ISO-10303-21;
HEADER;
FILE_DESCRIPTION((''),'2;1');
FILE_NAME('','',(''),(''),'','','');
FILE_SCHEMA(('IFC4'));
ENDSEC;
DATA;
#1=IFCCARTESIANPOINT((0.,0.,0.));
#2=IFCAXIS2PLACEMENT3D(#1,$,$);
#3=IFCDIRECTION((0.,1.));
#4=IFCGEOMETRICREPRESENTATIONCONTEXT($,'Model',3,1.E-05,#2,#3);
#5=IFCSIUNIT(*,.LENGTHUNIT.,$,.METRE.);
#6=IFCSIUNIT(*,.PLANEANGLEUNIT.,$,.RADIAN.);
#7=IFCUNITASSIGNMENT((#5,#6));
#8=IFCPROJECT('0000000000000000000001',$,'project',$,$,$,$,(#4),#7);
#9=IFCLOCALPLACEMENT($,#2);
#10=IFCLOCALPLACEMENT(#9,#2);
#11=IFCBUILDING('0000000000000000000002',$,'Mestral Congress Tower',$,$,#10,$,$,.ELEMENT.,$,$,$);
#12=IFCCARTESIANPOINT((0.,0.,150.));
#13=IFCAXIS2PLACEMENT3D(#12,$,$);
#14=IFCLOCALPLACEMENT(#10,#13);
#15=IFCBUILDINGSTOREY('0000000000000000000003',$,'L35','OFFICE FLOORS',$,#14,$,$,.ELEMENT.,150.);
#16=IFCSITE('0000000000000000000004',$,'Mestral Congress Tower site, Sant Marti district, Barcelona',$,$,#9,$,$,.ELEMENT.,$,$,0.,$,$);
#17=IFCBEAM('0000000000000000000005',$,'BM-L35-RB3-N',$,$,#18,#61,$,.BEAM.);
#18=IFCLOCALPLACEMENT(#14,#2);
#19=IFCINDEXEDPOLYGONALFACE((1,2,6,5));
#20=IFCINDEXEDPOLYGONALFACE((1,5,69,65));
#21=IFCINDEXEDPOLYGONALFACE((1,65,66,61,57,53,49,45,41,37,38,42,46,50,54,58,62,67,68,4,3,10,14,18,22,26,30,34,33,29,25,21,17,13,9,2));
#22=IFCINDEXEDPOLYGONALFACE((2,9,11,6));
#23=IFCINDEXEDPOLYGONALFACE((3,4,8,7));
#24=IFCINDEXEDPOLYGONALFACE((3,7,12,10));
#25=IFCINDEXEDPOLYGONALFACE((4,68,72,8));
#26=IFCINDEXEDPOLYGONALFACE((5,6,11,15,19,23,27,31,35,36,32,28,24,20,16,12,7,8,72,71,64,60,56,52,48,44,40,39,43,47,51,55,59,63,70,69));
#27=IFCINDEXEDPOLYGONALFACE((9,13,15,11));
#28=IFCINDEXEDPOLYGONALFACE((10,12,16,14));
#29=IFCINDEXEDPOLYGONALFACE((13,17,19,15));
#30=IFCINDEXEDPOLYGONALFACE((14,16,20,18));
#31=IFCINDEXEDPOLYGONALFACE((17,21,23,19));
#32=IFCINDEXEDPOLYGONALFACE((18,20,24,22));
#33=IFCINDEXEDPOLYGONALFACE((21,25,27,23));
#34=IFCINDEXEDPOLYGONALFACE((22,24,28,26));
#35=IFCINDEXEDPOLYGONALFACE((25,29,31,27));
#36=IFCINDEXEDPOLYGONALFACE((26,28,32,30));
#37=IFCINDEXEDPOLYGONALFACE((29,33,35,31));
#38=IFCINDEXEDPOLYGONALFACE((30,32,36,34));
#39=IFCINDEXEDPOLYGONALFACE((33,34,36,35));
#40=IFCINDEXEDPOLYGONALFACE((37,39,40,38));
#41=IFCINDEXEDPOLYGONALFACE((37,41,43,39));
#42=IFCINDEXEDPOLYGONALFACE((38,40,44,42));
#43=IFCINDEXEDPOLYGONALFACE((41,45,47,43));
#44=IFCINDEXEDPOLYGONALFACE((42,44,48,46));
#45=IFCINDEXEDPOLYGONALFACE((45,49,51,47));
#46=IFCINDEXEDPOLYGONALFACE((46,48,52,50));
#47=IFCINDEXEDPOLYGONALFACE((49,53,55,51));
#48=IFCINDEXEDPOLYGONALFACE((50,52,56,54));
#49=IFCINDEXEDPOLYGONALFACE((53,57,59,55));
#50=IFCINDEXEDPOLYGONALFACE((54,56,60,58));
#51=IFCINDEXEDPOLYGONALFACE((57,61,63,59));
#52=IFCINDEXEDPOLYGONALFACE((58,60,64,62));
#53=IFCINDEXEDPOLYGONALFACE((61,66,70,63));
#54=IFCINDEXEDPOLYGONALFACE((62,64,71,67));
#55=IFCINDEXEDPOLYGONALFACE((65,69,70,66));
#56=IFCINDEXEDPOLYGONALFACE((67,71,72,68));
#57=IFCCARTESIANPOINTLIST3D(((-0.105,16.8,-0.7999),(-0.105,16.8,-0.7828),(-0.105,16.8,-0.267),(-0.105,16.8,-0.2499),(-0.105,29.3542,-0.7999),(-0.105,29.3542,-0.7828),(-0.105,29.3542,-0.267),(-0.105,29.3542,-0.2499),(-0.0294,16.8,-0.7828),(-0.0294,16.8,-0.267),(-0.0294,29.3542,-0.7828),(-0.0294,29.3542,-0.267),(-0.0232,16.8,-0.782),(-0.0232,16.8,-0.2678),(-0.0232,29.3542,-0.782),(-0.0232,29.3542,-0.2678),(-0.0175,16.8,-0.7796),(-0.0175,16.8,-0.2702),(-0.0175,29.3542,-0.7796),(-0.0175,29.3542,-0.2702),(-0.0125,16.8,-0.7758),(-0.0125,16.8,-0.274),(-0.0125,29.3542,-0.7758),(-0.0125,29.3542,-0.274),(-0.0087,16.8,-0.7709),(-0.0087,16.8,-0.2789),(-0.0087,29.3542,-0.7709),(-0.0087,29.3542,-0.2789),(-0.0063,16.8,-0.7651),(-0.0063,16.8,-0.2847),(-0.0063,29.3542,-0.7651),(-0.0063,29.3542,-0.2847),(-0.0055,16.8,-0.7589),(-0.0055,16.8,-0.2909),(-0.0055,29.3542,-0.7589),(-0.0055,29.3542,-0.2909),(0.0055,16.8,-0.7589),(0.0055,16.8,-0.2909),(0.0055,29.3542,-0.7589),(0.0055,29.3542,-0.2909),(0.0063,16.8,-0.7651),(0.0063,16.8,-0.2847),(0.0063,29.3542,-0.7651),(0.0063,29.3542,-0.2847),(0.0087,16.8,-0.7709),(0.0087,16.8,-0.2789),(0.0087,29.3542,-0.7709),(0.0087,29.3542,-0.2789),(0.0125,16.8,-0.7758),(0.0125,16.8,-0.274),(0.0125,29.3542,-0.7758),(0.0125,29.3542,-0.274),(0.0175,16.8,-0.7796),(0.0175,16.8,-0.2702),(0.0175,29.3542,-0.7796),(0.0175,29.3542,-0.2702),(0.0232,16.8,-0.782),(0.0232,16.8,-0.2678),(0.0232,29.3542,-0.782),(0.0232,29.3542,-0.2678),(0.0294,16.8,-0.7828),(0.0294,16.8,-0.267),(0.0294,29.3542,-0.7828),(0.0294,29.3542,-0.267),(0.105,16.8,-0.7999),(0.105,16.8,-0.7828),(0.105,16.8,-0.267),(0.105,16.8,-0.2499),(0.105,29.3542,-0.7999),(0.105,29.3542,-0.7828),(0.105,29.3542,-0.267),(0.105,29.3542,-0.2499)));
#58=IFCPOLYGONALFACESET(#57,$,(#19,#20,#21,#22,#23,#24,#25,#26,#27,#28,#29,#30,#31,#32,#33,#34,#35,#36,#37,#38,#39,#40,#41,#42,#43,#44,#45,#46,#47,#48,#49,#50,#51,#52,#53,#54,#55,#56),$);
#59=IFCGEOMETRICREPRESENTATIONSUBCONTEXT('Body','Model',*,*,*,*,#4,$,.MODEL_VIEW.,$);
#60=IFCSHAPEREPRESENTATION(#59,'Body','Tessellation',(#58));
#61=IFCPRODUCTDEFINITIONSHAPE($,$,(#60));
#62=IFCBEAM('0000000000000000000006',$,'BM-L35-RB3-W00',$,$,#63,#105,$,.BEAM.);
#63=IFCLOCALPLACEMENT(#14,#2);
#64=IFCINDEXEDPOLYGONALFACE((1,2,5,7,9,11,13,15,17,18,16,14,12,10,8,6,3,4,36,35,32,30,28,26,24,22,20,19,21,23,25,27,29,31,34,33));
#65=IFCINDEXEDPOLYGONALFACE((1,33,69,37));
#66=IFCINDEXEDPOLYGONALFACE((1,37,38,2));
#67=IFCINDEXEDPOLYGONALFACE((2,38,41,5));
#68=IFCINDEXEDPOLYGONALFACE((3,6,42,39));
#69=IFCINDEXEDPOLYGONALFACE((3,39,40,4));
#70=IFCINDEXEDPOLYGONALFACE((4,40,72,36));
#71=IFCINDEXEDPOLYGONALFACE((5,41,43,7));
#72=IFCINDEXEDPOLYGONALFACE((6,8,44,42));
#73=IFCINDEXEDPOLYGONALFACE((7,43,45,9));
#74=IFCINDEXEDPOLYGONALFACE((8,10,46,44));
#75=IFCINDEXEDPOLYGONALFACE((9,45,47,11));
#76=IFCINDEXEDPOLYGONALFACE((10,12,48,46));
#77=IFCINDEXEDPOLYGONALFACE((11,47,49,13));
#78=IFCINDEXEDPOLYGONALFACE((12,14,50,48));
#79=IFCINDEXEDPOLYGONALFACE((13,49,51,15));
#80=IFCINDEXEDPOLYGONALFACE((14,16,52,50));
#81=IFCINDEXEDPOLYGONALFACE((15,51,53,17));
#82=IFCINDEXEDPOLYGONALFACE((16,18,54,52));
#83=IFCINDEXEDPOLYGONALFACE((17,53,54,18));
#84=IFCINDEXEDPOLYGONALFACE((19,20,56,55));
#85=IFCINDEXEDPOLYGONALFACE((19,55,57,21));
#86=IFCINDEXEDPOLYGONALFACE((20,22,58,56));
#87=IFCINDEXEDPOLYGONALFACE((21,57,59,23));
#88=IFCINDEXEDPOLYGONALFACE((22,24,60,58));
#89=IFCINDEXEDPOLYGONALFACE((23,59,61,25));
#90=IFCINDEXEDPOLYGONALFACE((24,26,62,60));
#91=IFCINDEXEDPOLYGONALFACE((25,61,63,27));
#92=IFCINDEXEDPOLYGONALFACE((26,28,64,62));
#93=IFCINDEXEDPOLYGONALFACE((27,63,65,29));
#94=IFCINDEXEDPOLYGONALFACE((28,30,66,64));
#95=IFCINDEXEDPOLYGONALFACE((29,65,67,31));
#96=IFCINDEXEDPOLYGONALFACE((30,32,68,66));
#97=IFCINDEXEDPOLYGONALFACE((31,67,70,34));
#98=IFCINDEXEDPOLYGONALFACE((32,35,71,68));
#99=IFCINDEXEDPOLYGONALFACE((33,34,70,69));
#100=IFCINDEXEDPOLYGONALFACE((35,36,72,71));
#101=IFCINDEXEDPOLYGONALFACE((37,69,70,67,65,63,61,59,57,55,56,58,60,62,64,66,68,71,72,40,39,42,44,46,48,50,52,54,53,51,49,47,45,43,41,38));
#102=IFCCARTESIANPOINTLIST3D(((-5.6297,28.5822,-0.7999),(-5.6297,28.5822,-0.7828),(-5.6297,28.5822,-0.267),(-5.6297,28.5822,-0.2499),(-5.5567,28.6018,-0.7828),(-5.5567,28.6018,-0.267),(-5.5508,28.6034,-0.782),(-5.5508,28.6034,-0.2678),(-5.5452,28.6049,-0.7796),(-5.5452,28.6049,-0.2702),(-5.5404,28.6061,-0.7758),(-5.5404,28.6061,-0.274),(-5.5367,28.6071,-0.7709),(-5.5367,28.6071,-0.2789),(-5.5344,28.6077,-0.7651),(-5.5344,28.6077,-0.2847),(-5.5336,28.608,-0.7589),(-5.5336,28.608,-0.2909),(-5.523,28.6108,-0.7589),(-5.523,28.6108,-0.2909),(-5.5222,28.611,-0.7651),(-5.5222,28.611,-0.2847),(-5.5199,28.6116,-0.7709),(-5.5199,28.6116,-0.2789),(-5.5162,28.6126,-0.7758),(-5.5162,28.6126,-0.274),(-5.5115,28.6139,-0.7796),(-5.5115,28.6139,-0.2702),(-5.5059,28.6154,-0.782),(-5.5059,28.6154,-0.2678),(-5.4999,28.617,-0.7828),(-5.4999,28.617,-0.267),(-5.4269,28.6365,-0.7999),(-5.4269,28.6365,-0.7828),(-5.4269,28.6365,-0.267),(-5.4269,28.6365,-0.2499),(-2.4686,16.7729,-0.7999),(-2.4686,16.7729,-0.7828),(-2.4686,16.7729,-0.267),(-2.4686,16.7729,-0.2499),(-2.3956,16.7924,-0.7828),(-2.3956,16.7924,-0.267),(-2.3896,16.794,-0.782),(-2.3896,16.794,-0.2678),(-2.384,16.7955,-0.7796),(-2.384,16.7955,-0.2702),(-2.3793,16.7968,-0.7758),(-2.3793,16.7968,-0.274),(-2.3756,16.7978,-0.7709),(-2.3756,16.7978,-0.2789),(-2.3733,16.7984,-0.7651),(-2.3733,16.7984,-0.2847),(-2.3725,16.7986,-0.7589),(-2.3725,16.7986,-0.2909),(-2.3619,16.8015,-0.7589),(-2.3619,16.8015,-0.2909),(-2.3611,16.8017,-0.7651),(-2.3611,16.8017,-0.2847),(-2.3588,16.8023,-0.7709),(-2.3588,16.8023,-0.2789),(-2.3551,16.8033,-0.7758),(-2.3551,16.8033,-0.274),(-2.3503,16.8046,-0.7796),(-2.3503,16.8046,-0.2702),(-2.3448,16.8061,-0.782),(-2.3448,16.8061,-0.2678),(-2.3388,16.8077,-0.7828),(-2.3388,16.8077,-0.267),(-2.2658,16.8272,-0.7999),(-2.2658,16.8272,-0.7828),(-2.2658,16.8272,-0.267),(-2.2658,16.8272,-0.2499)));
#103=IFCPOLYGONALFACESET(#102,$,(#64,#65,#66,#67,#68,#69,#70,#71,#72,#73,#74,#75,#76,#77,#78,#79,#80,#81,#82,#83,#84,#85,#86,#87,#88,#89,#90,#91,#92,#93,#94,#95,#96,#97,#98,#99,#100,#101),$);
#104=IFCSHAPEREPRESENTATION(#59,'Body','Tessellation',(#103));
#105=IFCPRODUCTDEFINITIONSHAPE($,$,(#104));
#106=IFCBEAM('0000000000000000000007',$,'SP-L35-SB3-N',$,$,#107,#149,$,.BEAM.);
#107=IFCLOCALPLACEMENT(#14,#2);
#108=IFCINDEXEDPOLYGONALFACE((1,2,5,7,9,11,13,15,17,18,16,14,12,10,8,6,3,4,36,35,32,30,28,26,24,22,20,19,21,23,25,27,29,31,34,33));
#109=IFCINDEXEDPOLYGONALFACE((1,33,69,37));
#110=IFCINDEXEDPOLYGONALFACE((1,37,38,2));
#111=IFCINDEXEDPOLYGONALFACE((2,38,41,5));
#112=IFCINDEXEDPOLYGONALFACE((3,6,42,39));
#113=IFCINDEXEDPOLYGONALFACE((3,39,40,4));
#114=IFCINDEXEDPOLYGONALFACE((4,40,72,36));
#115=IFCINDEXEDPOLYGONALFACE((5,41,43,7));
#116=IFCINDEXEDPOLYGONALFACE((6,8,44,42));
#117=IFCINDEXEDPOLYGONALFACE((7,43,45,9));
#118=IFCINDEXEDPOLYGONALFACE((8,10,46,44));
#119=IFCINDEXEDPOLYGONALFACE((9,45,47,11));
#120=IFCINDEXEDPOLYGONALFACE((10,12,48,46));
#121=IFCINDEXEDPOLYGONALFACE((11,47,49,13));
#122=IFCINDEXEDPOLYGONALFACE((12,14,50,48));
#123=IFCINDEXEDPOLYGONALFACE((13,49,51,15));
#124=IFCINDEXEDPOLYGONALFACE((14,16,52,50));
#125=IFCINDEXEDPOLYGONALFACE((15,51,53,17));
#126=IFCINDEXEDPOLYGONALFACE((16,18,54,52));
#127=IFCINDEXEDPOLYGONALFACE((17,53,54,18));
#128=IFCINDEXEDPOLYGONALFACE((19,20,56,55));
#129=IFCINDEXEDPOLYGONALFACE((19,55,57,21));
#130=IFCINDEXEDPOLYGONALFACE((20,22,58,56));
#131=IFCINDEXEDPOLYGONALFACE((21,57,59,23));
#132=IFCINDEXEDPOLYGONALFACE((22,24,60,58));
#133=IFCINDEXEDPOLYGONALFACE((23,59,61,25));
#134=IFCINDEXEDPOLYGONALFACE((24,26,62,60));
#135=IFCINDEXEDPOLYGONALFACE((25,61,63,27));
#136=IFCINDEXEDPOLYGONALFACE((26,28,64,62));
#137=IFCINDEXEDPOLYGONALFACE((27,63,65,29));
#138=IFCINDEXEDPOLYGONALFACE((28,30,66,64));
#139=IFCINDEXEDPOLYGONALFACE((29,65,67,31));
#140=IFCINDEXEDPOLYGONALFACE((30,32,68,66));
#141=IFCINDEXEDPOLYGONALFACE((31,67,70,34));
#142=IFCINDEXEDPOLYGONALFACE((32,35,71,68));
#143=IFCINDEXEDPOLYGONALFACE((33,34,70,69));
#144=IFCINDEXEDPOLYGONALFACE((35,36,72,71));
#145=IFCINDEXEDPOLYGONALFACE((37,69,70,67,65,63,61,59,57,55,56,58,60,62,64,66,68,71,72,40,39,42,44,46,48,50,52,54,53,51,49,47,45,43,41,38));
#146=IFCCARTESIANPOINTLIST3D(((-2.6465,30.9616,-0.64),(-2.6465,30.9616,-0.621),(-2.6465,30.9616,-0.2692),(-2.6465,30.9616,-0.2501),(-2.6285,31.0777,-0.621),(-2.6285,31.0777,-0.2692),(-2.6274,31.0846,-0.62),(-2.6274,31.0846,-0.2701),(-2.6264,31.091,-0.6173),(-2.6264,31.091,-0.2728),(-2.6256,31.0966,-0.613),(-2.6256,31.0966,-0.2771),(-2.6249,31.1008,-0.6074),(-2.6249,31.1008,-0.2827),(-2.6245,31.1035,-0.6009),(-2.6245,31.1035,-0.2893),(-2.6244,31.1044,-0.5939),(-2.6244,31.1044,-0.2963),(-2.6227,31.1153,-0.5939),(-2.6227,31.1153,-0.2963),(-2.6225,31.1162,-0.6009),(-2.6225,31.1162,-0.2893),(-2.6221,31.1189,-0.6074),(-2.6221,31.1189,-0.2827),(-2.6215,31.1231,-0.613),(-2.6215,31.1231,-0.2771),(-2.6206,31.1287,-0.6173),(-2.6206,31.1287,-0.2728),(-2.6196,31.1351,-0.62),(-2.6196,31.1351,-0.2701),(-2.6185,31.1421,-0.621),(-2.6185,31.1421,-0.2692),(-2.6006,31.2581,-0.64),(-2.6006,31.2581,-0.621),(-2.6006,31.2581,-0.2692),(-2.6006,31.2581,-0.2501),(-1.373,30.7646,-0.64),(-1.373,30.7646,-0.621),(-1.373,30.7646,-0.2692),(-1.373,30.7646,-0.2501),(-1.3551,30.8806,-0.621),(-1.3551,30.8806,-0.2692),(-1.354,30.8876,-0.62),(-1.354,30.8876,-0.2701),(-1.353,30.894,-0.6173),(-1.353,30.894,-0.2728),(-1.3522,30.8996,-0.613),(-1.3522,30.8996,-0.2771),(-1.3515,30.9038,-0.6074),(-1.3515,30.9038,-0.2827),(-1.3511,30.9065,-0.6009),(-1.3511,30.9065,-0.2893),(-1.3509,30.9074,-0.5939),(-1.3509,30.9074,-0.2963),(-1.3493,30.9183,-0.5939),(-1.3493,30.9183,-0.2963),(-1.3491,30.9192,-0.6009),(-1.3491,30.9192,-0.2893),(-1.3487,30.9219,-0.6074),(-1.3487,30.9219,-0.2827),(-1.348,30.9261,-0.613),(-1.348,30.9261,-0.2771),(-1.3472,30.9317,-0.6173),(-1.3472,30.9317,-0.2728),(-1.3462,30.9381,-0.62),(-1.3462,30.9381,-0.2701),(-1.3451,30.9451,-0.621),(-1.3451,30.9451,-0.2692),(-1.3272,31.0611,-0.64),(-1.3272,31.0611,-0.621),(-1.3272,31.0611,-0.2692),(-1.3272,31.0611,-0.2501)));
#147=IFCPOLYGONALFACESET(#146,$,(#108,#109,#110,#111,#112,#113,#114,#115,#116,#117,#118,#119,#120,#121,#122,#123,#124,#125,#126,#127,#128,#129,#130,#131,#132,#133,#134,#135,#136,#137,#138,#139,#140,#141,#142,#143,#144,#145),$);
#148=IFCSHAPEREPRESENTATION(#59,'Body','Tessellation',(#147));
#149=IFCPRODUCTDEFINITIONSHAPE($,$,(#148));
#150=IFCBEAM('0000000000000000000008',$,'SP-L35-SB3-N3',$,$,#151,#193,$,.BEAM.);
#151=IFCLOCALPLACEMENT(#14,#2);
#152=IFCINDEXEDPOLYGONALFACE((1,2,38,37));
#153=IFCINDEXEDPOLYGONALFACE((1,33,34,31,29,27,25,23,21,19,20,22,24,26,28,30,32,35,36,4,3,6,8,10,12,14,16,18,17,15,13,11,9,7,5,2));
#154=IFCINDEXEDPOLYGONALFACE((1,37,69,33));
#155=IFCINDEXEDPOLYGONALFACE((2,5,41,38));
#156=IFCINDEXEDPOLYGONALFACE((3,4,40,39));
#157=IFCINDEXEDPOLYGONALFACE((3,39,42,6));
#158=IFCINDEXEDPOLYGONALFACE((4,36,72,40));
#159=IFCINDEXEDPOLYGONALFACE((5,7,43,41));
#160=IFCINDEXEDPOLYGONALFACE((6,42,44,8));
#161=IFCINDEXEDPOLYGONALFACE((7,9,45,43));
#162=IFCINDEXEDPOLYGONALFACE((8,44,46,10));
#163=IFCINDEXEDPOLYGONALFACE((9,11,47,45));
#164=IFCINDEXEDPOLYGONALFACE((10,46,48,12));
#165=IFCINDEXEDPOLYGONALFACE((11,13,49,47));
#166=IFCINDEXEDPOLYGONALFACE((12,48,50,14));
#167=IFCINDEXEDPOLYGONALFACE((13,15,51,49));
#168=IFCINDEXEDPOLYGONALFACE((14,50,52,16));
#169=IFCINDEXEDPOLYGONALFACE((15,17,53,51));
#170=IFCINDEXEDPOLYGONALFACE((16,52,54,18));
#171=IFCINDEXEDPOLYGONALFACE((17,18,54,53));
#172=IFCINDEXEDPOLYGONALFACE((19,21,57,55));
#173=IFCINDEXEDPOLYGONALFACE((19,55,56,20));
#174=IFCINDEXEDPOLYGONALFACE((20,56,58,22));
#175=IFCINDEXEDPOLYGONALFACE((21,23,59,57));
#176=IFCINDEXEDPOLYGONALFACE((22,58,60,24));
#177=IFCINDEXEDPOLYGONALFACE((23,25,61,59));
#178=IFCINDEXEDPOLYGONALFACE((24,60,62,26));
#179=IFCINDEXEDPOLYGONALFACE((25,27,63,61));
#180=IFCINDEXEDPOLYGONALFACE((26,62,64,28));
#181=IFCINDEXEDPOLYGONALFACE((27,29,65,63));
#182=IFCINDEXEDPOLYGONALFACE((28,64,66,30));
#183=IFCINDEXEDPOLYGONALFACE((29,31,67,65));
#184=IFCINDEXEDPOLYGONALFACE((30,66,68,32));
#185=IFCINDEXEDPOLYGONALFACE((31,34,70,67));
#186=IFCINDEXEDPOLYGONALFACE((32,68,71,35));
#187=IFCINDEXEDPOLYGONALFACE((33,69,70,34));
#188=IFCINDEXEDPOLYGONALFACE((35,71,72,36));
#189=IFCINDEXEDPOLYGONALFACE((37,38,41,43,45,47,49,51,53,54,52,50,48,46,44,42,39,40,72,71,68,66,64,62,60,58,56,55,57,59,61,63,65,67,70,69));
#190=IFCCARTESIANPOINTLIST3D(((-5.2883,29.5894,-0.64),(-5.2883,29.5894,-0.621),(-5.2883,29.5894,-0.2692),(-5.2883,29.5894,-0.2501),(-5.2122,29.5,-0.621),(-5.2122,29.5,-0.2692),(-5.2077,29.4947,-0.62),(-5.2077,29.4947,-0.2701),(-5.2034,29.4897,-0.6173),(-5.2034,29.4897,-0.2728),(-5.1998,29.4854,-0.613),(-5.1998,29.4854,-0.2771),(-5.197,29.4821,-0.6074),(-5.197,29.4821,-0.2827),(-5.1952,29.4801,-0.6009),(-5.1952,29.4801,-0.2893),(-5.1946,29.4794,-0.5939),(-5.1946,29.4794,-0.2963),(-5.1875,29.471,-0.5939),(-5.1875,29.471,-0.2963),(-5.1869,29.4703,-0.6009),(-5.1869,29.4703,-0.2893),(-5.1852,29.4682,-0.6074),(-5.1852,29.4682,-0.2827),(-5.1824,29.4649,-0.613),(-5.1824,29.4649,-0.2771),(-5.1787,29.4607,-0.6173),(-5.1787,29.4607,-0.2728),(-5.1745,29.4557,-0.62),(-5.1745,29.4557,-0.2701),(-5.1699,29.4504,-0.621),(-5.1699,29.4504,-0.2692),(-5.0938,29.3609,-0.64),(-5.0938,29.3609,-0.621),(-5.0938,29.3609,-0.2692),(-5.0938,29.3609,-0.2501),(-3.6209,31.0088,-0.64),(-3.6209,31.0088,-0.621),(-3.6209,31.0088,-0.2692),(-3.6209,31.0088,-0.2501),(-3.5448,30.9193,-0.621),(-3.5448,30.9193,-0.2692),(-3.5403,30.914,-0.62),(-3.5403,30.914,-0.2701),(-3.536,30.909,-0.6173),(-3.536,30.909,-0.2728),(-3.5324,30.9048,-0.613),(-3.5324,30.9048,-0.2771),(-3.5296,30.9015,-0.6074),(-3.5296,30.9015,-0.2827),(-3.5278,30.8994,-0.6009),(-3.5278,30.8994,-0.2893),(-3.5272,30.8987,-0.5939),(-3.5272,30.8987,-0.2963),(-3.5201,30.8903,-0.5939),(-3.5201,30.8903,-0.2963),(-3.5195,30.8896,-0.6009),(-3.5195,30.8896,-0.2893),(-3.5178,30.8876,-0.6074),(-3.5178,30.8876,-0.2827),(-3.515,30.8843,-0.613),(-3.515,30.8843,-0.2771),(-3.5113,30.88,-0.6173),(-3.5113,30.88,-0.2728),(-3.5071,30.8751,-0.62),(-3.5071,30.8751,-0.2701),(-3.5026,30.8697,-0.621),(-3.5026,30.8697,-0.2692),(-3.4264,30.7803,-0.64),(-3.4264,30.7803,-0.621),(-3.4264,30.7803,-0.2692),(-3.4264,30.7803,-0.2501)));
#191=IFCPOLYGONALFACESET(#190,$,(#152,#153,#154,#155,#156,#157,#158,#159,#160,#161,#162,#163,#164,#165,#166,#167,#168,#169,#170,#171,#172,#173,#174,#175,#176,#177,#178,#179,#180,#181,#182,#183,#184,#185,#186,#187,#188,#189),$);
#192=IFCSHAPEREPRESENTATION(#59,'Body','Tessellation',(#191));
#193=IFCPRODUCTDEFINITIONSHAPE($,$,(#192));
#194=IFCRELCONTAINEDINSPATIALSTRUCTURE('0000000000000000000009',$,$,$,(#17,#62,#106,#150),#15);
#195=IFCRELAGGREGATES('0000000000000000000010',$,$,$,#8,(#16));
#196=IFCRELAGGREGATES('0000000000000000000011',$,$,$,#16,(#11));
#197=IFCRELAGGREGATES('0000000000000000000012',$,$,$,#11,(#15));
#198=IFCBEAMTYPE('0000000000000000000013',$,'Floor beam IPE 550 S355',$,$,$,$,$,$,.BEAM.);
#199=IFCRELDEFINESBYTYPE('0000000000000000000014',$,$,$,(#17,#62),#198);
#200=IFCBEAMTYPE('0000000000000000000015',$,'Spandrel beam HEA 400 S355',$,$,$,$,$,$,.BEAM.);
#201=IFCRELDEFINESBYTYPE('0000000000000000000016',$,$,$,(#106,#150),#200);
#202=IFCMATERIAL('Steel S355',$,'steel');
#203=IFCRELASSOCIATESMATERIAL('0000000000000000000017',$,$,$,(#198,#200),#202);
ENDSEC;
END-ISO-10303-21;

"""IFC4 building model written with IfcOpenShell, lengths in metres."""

from ifc_helpers import new_model, si_unit, direction, frame, origin, origin_2d, place, context, subcontext, project, spatial, i_section, extrude, material, material_profile, profile_set, type_object, element, save


model = new_model("IFC4")

# Units and contexts
model_context = context("Model", 3, precision=1e-05, world=origin(), true_north=direction((0.0, 1.0)))
body_context = subcontext(model_context, "Body", "Model", "MODEL_VIEW")
ifc_project = project(units=[si_unit("LENGTHUNIT", "METRE"), si_unit("PLANEANGLEUNIT", "RADIAN")], contexts=[model_context])

# Site, building, storey
site_placement = place(None, origin())
site = spatial("IfcSite", under=ifc_project, at=site_placement, Name="Mestral Congress Tower site, Sant Marti district, Barcelona", CompositionType="ELEMENT", RefElevation=0.0)
building_placement = place(site_placement, origin())
building = spatial("IfcBuilding", under=site, at=building_placement, Name="Mestral Congress Tower", CompositionType="ELEMENT")
storey_placement = place(building_placement, frame((0.0, 0.0, 150.0)))
storey = spatial("IfcBuildingStorey", under=building, at=storey_placement, Name="L35", Description="OFFICE FLOORS", CompositionType="ELEMENT", Elevation=150.0)

# Beams
ifc_material_1 = material(Name="Steel S355", Category="steel")
ifc_material_profile_1 = material_profile(ifc_material_1, i_section(OverallWidth=0.21, OverallDepth=0.55, WebThickness=0.011, FlangeThickness=0.0171, FilletRadius=0.0239, at=origin_2d()), Name="IPE 550")
ifc_profile_set_1 = profile_set([ifc_material_profile_1], Name="Steel S355")
beam_type_1 = type_object("IfcBeamType", Name="Floor beam IPE 550 S355", PredefinedType="BEAM", material=ifc_profile_set_1)
beam_1_placement = place(storey_placement, frame((0.0, 29.3542, -0.5249), z_axis=(0.0, -1.0, 0.0), x_axis=(1.0, 0.0, 0.0)))
element("IfcBeam", 1, at=beam_1_placement, inside=storey, type_object=beam_type_1, Name="BM-L35-RB3-N", PredefinedType="BEAM", context=body_context, shape_type="SweptSolid", body=[
    extrude(i_section(OverallWidth=0.21, OverallDepth=0.55, WebThickness=0.011, FlangeThickness=0.0171, FilletRadius=0.0239, at=origin_2d()), origin(), (0.0, 0.0, 1.0), 12.5542),
])
beam_2_placement = place(storey_placement, frame((-5.5283, 28.6094, -0.5249), z_axis=(0.258577, -0.965991, 0.0), x_axis=(0.965991, 0.258577, 0.0)))
element("IfcBeam", 2, at=beam_2_placement, inside=storey, type_object=beam_type_1, Name="BM-L35-RB3-W00", PredefinedType="BEAM", context=body_context, shape_type="SweptSolid", body=[
    extrude(i_section(OverallWidth=0.21, OverallDepth=0.55, WebThickness=0.011, FlangeThickness=0.0171, FilletRadius=0.0239, at=origin_2d()), origin(), (0.0, 0.0, 1.0), 12.2251),
])
ifc_material_profile_2 = material_profile(ifc_material_1, i_section(OverallWidth=0.3, OverallDepth=0.3899, WebThickness=0.011, FlangeThickness=0.019, FilletRadius=0.0271, at=origin_2d()), Name="HEA 400")
ifc_profile_set_2 = profile_set([ifc_material_profile_2], Name="Steel S355")
beam_type_2 = type_object("IfcBeamType", Name="Spandrel beam HEA 400 S355", PredefinedType="BEAM", material=ifc_profile_set_2)
beam_3_placement = place(storey_placement, frame((-1.3501, 30.9128, -0.4451), z_axis=(-0.988242, 0.152897, 0.0), x_axis=(-0.152897, -0.988242, 0.0)))
element("IfcBeam", 3, at=beam_3_placement, inside=storey, type_object=beam_type_2, Name="SP-L35-SB3-N", PredefinedType="BEAM", context=body_context, shape_type="SweptSolid", body=[
    extrude(i_section(OverallWidth=0.3, OverallDepth=0.3899, WebThickness=0.011, FlangeThickness=0.019, FilletRadius=0.0271, at=origin_2d()), origin(), (0.0, 0.0, 1.0), 1.2886),
])
beam_4_placement = place(storey_placement, frame((-3.5237, 30.8945, -0.4451), z_axis=(-0.761471, -0.648198, 0.0), x_axis=(0.648198, -0.761471, 0.0)))
element("IfcBeam", 4, at=beam_4_placement, inside=storey, type_object=beam_type_2, Name="SP-L35-SB3-N3", PredefinedType="BEAM", context=body_context, shape_type="SweptSolid", body=[
    extrude(i_section(OverallWidth=0.3, OverallDepth=0.3899, WebThickness=0.011, FlangeThickness=0.019, FilletRadius=0.0271, at=origin_2d()), origin(), (0.0, 0.0, 1.0), 2.1897),
])

save(model, "model.ifc")
